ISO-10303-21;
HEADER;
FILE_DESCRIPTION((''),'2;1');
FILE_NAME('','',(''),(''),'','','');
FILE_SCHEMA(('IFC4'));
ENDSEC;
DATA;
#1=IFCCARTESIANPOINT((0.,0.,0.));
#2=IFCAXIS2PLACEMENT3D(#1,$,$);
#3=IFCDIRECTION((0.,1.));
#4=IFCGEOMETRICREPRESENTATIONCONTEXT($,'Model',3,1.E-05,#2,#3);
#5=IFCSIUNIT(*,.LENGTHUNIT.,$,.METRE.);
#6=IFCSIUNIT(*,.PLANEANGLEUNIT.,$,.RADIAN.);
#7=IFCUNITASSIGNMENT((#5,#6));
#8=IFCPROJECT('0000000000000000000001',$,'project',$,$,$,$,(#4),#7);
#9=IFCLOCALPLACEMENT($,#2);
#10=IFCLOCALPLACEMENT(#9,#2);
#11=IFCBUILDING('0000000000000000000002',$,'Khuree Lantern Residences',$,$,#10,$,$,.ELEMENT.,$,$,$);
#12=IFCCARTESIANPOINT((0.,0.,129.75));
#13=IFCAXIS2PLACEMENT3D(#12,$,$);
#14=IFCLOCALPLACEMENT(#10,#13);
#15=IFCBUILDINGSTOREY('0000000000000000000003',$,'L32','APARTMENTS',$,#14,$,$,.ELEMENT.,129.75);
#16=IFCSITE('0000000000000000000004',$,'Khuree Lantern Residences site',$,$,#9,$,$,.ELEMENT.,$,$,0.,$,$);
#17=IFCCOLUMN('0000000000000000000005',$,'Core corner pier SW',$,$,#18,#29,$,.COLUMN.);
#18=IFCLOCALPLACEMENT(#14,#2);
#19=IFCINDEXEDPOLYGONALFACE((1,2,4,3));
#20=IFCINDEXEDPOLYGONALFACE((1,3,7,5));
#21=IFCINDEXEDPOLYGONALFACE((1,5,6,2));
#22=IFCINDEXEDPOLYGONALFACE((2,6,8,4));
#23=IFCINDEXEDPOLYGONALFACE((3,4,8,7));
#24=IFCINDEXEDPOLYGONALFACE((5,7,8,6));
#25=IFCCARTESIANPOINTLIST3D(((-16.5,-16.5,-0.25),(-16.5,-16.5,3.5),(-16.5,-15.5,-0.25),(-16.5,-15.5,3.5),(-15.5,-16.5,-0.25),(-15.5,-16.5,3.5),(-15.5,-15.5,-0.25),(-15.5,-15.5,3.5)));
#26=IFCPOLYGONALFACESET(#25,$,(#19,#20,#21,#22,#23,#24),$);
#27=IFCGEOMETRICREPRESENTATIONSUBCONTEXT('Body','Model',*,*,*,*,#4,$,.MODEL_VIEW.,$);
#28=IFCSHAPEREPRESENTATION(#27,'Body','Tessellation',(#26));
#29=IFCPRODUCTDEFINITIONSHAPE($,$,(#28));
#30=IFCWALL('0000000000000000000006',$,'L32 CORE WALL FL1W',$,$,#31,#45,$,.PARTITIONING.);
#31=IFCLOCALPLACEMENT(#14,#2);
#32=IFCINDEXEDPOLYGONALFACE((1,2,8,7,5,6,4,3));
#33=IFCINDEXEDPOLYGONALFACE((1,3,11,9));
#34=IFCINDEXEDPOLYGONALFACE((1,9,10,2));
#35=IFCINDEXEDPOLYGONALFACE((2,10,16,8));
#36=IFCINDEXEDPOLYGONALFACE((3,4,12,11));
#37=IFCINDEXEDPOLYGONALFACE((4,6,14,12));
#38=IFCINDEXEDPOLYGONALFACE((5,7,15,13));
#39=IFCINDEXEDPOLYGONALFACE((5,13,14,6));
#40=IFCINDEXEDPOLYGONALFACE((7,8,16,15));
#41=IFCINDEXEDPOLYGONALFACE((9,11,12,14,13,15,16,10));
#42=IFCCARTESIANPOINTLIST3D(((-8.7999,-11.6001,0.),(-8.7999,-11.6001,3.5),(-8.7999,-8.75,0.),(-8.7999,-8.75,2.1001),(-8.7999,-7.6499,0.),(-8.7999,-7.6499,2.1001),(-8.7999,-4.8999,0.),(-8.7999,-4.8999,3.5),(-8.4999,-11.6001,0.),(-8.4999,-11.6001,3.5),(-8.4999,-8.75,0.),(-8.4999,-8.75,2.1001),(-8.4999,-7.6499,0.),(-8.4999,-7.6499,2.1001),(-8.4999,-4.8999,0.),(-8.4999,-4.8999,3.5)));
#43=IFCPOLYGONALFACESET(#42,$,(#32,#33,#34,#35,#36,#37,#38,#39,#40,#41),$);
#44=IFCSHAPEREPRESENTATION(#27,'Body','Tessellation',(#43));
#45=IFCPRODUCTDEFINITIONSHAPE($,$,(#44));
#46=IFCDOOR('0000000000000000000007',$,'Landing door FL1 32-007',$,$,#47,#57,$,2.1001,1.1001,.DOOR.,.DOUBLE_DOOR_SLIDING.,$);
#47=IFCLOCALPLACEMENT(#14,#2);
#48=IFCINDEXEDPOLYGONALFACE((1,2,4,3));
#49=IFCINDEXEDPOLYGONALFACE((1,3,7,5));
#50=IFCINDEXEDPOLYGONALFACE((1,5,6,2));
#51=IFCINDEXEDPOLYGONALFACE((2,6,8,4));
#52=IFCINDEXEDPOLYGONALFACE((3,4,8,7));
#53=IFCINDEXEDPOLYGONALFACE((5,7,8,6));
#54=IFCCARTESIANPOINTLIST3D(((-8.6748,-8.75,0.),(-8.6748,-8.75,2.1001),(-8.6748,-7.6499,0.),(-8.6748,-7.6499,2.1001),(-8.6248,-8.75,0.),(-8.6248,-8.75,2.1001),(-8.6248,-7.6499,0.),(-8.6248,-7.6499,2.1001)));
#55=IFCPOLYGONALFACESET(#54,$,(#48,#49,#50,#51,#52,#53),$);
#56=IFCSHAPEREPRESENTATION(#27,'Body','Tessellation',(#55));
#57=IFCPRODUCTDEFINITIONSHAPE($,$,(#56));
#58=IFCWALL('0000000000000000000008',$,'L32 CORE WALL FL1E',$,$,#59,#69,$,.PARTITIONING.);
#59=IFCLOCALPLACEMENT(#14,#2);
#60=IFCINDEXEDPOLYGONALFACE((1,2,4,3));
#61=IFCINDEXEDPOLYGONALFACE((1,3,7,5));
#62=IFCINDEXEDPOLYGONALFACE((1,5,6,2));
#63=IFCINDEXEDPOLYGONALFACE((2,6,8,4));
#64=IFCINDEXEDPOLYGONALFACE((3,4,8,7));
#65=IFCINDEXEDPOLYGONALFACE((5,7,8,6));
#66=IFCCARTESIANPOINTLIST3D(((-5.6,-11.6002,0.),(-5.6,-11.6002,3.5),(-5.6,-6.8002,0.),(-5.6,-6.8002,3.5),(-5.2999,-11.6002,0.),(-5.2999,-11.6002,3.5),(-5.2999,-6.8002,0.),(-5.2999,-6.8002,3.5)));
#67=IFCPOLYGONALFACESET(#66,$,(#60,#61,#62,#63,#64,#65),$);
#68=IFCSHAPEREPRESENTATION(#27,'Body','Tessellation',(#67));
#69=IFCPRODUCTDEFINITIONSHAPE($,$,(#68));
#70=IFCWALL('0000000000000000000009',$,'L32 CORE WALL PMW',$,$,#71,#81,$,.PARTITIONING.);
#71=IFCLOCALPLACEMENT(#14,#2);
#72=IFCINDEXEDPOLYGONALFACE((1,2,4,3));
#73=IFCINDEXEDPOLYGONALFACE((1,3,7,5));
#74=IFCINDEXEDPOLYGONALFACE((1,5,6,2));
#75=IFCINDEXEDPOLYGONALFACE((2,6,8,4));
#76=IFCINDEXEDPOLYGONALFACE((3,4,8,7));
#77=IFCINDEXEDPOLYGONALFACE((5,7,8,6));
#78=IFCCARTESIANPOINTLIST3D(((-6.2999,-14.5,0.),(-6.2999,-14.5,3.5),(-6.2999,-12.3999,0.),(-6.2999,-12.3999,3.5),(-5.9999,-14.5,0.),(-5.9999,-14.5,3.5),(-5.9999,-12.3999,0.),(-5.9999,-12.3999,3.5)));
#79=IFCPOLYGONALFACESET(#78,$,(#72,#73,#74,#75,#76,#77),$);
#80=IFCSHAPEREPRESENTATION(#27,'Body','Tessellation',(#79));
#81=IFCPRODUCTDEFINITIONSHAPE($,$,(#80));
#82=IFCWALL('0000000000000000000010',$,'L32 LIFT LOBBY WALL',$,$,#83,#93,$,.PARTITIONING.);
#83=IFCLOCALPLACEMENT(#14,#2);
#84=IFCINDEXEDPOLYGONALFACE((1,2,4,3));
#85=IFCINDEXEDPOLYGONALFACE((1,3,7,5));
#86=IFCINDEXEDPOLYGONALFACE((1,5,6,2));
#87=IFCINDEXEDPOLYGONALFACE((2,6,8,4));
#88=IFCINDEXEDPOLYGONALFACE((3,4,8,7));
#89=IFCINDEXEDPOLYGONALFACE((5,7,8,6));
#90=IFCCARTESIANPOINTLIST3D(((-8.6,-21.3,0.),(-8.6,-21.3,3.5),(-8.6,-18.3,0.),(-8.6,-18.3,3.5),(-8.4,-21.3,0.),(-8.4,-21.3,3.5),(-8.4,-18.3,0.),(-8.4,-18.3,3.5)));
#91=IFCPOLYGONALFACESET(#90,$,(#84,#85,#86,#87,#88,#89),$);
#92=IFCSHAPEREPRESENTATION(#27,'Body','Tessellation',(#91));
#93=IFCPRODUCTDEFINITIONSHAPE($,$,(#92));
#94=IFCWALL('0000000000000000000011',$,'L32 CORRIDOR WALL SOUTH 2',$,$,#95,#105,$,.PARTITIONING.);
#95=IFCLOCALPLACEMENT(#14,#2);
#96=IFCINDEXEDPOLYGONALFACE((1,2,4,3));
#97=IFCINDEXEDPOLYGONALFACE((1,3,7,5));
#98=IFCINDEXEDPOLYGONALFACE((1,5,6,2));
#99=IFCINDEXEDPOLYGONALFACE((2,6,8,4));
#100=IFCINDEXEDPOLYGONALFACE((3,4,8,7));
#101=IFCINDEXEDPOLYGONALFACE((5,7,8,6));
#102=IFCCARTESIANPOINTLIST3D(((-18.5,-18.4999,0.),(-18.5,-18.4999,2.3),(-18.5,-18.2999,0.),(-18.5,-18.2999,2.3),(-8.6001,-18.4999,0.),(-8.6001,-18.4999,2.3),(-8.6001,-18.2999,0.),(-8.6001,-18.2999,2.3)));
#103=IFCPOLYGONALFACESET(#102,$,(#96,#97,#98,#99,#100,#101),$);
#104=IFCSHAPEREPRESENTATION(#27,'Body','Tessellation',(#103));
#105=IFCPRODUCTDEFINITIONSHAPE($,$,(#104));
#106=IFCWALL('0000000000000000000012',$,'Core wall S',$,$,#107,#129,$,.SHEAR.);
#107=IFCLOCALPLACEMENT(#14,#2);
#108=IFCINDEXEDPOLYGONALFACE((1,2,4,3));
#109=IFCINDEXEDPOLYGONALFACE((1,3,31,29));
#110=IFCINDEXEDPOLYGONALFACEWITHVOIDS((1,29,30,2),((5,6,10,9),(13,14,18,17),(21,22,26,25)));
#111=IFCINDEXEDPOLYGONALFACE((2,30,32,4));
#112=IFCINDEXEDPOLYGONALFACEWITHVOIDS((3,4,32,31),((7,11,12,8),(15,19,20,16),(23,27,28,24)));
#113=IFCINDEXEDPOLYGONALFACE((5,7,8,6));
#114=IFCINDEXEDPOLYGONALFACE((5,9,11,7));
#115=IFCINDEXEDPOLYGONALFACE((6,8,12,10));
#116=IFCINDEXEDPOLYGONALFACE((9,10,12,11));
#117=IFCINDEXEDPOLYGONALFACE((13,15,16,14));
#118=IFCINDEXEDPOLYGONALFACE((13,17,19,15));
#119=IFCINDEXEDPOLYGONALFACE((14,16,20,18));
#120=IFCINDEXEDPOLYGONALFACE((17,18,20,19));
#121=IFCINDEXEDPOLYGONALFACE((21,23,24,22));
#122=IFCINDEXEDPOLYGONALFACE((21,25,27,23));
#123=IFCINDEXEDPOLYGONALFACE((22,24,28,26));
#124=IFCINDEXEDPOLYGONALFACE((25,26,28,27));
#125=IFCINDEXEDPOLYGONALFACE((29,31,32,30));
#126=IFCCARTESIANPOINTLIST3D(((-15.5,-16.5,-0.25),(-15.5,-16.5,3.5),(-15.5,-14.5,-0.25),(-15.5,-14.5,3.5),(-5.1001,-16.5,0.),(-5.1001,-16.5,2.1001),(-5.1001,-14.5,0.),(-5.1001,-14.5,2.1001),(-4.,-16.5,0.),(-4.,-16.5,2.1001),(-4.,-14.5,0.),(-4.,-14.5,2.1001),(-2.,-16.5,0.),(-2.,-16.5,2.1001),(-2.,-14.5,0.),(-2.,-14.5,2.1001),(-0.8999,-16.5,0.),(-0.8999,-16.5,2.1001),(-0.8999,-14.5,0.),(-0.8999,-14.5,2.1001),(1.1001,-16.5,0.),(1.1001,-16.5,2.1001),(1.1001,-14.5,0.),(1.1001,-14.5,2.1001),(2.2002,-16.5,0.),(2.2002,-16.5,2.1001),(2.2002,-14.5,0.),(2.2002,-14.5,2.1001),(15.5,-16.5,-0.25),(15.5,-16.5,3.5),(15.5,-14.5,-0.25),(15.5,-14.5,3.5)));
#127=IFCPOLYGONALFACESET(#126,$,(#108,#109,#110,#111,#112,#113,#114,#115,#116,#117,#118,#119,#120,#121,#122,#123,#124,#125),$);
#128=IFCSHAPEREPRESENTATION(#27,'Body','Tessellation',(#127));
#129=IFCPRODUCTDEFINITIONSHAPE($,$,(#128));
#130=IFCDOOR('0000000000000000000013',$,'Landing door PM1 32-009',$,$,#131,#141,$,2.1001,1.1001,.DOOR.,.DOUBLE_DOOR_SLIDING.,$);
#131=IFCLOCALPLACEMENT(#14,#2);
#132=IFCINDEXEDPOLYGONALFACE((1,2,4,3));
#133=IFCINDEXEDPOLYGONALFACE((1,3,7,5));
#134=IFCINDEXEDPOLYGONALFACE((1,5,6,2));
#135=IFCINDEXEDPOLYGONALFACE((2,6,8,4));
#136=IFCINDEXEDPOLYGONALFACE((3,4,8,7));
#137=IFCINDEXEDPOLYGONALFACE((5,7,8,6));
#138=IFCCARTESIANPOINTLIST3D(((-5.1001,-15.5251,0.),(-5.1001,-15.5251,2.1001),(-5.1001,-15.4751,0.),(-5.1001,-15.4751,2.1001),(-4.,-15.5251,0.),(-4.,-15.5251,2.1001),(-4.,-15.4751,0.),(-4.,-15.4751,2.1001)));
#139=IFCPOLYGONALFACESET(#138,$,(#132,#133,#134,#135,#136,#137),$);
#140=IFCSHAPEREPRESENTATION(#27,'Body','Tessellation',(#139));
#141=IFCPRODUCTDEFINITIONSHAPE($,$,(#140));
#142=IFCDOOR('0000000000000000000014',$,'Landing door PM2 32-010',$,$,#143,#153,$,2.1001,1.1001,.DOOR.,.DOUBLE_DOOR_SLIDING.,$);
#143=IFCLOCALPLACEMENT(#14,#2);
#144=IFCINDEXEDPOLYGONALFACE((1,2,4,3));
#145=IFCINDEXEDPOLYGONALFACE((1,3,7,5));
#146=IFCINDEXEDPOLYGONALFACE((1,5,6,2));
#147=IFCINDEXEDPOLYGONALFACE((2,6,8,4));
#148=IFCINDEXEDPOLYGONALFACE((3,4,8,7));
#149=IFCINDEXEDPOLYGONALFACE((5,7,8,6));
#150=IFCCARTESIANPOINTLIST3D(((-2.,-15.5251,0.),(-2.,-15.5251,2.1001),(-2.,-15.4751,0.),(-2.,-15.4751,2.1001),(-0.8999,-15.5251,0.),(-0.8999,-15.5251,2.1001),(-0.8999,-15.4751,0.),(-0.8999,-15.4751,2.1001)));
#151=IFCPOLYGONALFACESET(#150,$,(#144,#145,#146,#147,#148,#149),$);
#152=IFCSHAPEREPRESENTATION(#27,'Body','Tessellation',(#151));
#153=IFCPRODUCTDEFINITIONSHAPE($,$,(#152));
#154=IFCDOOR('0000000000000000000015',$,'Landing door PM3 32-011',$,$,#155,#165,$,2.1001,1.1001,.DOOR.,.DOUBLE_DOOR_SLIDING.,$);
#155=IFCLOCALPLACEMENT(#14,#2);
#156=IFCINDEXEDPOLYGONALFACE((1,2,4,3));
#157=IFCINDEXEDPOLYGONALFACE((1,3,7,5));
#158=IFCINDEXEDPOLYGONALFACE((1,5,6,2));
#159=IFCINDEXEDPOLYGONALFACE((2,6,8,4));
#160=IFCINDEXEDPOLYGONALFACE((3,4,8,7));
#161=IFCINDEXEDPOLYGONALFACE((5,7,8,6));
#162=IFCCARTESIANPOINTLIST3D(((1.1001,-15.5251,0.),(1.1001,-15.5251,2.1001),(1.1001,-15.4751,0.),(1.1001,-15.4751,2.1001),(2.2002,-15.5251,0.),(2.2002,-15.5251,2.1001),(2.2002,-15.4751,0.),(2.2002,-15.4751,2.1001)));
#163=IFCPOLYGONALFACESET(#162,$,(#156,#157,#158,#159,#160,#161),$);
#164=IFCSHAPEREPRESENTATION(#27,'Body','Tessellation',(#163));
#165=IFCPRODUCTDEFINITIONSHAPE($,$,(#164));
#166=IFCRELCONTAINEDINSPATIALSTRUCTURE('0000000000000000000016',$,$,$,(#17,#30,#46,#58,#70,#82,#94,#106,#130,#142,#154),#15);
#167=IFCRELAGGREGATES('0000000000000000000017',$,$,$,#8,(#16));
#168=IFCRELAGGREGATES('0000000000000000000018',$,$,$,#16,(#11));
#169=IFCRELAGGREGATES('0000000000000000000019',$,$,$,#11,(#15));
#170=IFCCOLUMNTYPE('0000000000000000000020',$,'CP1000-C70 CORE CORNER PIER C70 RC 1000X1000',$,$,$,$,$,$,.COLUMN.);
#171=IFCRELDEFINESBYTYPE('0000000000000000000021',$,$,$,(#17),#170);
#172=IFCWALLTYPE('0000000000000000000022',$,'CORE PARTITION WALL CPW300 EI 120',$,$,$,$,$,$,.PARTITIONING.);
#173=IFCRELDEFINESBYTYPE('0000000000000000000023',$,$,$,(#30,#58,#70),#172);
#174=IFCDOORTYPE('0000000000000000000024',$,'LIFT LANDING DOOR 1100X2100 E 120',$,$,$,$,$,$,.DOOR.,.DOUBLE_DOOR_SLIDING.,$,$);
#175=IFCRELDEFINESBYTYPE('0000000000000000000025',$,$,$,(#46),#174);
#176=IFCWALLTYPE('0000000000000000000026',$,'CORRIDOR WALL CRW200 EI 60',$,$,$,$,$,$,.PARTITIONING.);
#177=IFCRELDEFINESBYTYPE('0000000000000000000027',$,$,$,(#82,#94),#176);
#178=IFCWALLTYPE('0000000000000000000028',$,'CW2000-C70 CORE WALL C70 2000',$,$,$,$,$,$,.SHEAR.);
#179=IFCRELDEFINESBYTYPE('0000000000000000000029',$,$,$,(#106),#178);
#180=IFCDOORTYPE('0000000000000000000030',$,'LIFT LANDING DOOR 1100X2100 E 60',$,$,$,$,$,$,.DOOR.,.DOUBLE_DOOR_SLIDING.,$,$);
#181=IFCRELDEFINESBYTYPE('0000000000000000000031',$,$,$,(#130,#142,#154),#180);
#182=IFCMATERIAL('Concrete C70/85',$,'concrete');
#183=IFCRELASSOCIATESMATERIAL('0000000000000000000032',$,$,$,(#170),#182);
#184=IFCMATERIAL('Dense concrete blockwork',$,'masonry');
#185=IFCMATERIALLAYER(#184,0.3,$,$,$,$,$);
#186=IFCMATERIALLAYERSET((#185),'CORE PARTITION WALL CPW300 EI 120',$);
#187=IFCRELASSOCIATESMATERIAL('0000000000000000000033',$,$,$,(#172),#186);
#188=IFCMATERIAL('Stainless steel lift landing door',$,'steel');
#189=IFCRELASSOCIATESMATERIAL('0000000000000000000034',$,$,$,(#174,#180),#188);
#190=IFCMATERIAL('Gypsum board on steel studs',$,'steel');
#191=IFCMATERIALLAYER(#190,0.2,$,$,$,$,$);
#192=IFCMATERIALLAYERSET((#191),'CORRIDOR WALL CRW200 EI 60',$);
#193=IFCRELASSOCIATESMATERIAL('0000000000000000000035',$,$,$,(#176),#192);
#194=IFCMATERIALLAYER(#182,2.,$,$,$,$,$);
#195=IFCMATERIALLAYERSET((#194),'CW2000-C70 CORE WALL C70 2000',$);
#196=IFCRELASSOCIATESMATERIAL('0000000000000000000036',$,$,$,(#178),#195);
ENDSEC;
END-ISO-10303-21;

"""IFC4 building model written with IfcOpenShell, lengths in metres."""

from ifc_helpers import new_model, si_unit, direction, frame, frame_2d, origin, origin_2d, place, context, subcontext, project, spatial, rectangle, extrude, material, layer, layer_set, material_profile, profile_set, type_object, element, fill, save


model = new_model("IFC4")

# Units and contexts
model_context = context("Model", 3, precision=1e-05, world=origin(), true_north=direction((0.0, 1.0)))
body_context = subcontext(model_context, "Body", "Model", "MODEL_VIEW")
ifc_project = project(units=[si_unit("LENGTHUNIT", "METRE"), si_unit("PLANEANGLEUNIT", "RADIAN")], contexts=[model_context])

# Site, building, storey
site_placement = place(None, origin())
site = spatial("IfcSite", under=ifc_project, at=site_placement, Name="Khuree Lantern Residences site", CompositionType="ELEMENT", RefElevation=0.0)
building_placement = place(site_placement, origin())
building = spatial("IfcBuilding", under=site, at=building_placement, Name="Khuree Lantern Residences", CompositionType="ELEMENT")
storey_placement = place(building_placement, frame((0.0, 0.0, 129.75)))
storey = spatial("IfcBuildingStorey", under=building, at=storey_placement, Name="L32", Description="APARTMENTS", CompositionType="ELEMENT", Elevation=129.75)

# Column
ifc_material_1 = material(Name="Concrete C70/85", Category="concrete")
ifc_material_profile = material_profile(ifc_material_1, rectangle(XDim=1.0, YDim=1.0, at=origin_2d()), Name="RC 1000X1000")
ifc_profile_set = profile_set([ifc_material_profile], Name="Concrete C70/85")
column_type = type_object("IfcColumnType", Name="CP1000-C70 CORE CORNER PIER C70 RC 1000X1000", PredefinedType="COLUMN", material=ifc_profile_set)
column_placement = place(storey_placement, frame((-16.0, -16.0, -0.25), z_axis=(0.0, 0.0, 1.0), x_axis=(1.0, 0.0, 0.0)))
element("IfcColumn", 1, at=column_placement, inside=storey, type_object=column_type, Name="Core corner pier SW", PredefinedType="COLUMN", context=body_context, shape_type="SweptSolid", body=[
    extrude(rectangle(XDim=1.0, YDim=1.0, at=origin_2d()), origin(), (0.0, 0.0, 1.0), 3.75),
])

# Wall, opening, door
ifc_material_2 = material(Name="Dense concrete blockwork", Category="masonry")
ifc_layer_1 = layer(ifc_material_2, 0.3)
ifc_layer_set_1 = layer_set([ifc_layer_1], Name="CORE PARTITION WALL CPW300 EI 120")
wall_type_1 = type_object("IfcWallType", Name="CORE PARTITION WALL CPW300 EI 120", PredefinedType="PARTITIONING", material=ifc_layer_set_1)
wall_1_placement = place(storey_placement, frame((-8.6499, -11.6001, 0.0), z_axis=(0.0, 0.0, 1.0), x_axis=(0.0, 1.0, 0.0)))
wall_1 = element("IfcWall", 2, at=wall_1_placement, inside=storey, type_object=wall_type_1, Name="L32 CORE WALL FL1W", PredefinedType="PARTITIONING", context=body_context, shape_type="SweptSolid", body=[
    extrude(rectangle(XDim=6.7002, YDim=0.3, at=frame_2d((3.3501, 0.0))), origin(), (0.0, 0.0, 1.0), 3.5),
])
opening_1_placement = place(wall_1_placement, frame((2.8501, 0.0, 0.0)))
opening_1 = element("IfcOpeningElement", 3, at=opening_1_placement, cuts=wall_1, PredefinedType="OPENING", context=body_context, shape_type="SweptSolid", body=[
    extrude(rectangle(XDim=1.1001, YDim=2.1001, at=frame_2d((0.55, 1.05))), frame((0.0, 0.1602, 0.0), z_axis=(0.0, -1.0, 0.0), x_axis=(1.0, 0.0, 0.0)), (0.0, 0.0, 1.0), 0.3201),
])
ifc_material_3 = material(Name="Stainless steel lift landing door", Category="steel")
door_type_1 = type_object("IfcDoorType", Name="LIFT LANDING DOOR 1100X2100 E 120", OperationType="DOUBLE_DOOR_SLIDING", PredefinedType="DOOR", material=ifc_material_3)
door_1_placement = place(opening_1_placement, origin())
door_1 = element("IfcDoor", 4, at=door_1_placement, inside=storey, type_object=door_type_1, Name="Landing door FL1 32-007", OperationType="DOUBLE_DOOR_SLIDING", OverallHeight=2.1001, OverallWidth=1.1001, PredefinedType="DOOR", context=body_context, shape_type="SweptSolid", body=[
    extrude(rectangle(XDim=1.1001, YDim=2.1001, at=frame_2d((0.55, 1.05))), frame((0.0, 0.0249, 0.0), z_axis=(0.0, -1.0, 0.0), x_axis=(1.0, 0.0, 0.0)), (0.0, 0.0, 1.0), 0.05),
])
fill(opening_1, door_1)

# Walls
wall_2_placement = place(storey_placement, frame((-5.45, -11.6001, 0.0), z_axis=(0.0, 0.0, 1.0), x_axis=(0.0, 1.0, 0.0)))
element("IfcWall", 5, at=wall_2_placement, inside=storey, type_object=wall_type_1, Name="L32 CORE WALL FL1E", PredefinedType="PARTITIONING", context=body_context, shape_type="SweptSolid", body=[
    extrude(rectangle(XDim=4.8, YDim=0.3, at=frame_2d((2.3999, 0.0))), origin(), (0.0, 0.0, 1.0), 3.5),
])
wall_3_placement = place(storey_placement, frame((-6.1499, -14.5, 0.0), z_axis=(0.0, 0.0, 1.0), x_axis=(0.0, 1.0, 0.0)))
element("IfcWall", 6, at=wall_3_placement, inside=storey, type_object=wall_type_1, Name="L32 CORE WALL PMW", PredefinedType="PARTITIONING", context=body_context, shape_type="SweptSolid", body=[
    extrude(rectangle(XDim=2.1001, YDim=0.3, at=frame_2d((1.05, 0.0))), origin(), (0.0, 0.0, 1.0), 3.5),
])
ifc_material_4 = material(Name="Gypsum board on steel studs", Category="steel")
ifc_layer_2 = layer(ifc_material_4, 0.2)
ifc_layer_set_2 = layer_set([ifc_layer_2], Name="CORRIDOR WALL CRW200 EI 60")
wall_type_2 = type_object("IfcWallType", Name="CORRIDOR WALL CRW200 EI 60", PredefinedType="PARTITIONING", material=ifc_layer_set_2)
wall_4_placement = place(storey_placement, frame((-8.5, -18.3, 0.0), z_axis=(0.0, 0.0, 1.0), x_axis=(0.0, -1.0, 0.0)))
element("IfcWall", 7, at=wall_4_placement, inside=storey, type_object=wall_type_2, Name="L32 LIFT LOBBY WALL", PredefinedType="PARTITIONING", context=body_context, shape_type="SweptSolid", body=[
    extrude(rectangle(XDim=3.0, YDim=0.2, at=frame_2d((1.5, 0.0))), origin(), (0.0, 0.0, 1.0), 3.5),
])
wall_5_placement = place(storey_placement, frame((-8.6001, -18.3999, 0.0), z_axis=(0.0, 0.0, 1.0), x_axis=(-1.0, 0.0, 0.0)))
element("IfcWall", 8, at=wall_5_placement, inside=storey, type_object=wall_type_2, Name="L32 CORRIDOR WALL SOUTH 2", PredefinedType="PARTITIONING", context=body_context, shape_type="SweptSolid", body=[
    extrude(rectangle(XDim=9.8999, YDim=0.2, at=frame_2d((4.95, 0.0))), origin(), (0.0, 0.0, 1.0), 2.3),
])

# Wall, openings, doors
ifc_layer_3 = layer(ifc_material_1, 2.0)
ifc_layer_set_3 = layer_set([ifc_layer_3], Name="CW2000-C70 CORE WALL C70 2000")
wall_type_3 = type_object("IfcWallType", Name="CW2000-C70 CORE WALL C70 2000", PredefinedType="SHEAR", material=ifc_layer_set_3)
wall_6_placement = place(storey_placement, frame((-15.5, -15.5, -0.25), z_axis=(0.0, 0.0, 1.0), x_axis=(1.0, 0.0, 0.0)))
wall_6 = element("IfcWall", 9, at=wall_6_placement, inside=storey, type_object=wall_type_3, Name="Core wall S", PredefinedType="SHEAR", context=body_context, shape_type="SweptSolid", body=[
    extrude(rectangle(XDim=31.0, YDim=2.0, at=frame_2d((15.5, 0.0))), origin(), (0.0, 0.0, 1.0), 3.75),
])
opening_2_placement = place(wall_6_placement, frame((10.3999, 0.0, 0.25)))
opening_2 = element("IfcOpeningElement", 10, at=opening_2_placement, cuts=wall_6, PredefinedType="OPENING", context=body_context, shape_type="SweptSolid", body=[
    extrude(rectangle(XDim=1.1001, YDim=2.1001, at=frame_2d((0.55, 1.05))), frame((0.0, 1.01, 0.0), z_axis=(0.0, -1.0, 0.0), x_axis=(1.0, 0.0, 0.0)), (0.0, 0.0, 1.0), 2.02),
])
opening_3_placement = place(wall_6_placement, frame((13.5, 0.0, 0.25)))
opening_3 = element("IfcOpeningElement", 11, at=opening_3_placement, cuts=wall_6, PredefinedType="OPENING", context=body_context, shape_type="SweptSolid", body=[
    extrude(rectangle(XDim=1.1001, YDim=2.1001, at=frame_2d((0.55, 1.05))), frame((0.0, 1.01, 0.0), z_axis=(0.0, -1.0, 0.0), x_axis=(1.0, 0.0, 0.0)), (0.0, 0.0, 1.0), 2.02),
])
opening_4_placement = place(wall_6_placement, frame((16.6001, 0.0, 0.25)))
opening_4 = element("IfcOpeningElement", 12, at=opening_4_placement, cuts=wall_6, PredefinedType="OPENING", context=body_context, shape_type="SweptSolid", body=[
    extrude(rectangle(XDim=1.1001, YDim=2.1001, at=frame_2d((0.55, 1.05))), frame((0.0, 1.01, 0.0), z_axis=(0.0, -1.0, 0.0), x_axis=(1.0, 0.0, 0.0)), (0.0, 0.0, 1.0), 2.02),
])
door_type_2 = type_object("IfcDoorType", Name="LIFT LANDING DOOR 1100X2100 E 60", OperationType="DOUBLE_DOOR_SLIDING", PredefinedType="DOOR", material=ifc_material_3)
door_2_placement = place(opening_2_placement, origin())
door_2 = element("IfcDoor", 13, at=door_2_placement, inside=storey, type_object=door_type_2, Name="Landing door PM1 32-009", OperationType="DOUBLE_DOOR_SLIDING", OverallHeight=2.1001, OverallWidth=1.1001, PredefinedType="DOOR", context=body_context, shape_type="SweptSolid", body=[
    extrude(rectangle(XDim=1.1001, YDim=2.1001, at=frame_2d((0.55, 1.05))), frame((0.0, 0.0249, 0.0), z_axis=(0.0, -1.0, 0.0), x_axis=(1.0, 0.0, 0.0)), (0.0, 0.0, 1.0), 0.05),
])
fill(opening_2, door_2)
door_3_placement = place(opening_3_placement, origin())
door_3 = element("IfcDoor", 14, at=door_3_placement, inside=storey, type_object=door_type_2, Name="Landing door PM2 32-010", OperationType="DOUBLE_DOOR_SLIDING", OverallHeight=2.1001, OverallWidth=1.1001, PredefinedType="DOOR", context=body_context, shape_type="SweptSolid", body=[
    extrude(rectangle(XDim=1.1001, YDim=2.1001, at=frame_2d((0.55, 1.05))), frame((0.0, 0.0249, 0.0), z_axis=(0.0, -1.0, 0.0), x_axis=(1.0, 0.0, 0.0)), (0.0, 0.0, 1.0), 0.05),
])
fill(opening_3, door_3)
door_4_placement = place(opening_4_placement, origin())
door_4 = element("IfcDoor", 15, at=door_4_placement, inside=storey, type_object=door_type_2, Name="Landing door PM3 32-011", OperationType="DOUBLE_DOOR_SLIDING", OverallHeight=2.1001, OverallWidth=1.1001, PredefinedType="DOOR", context=body_context, shape_type="SweptSolid", body=[
    extrude(rectangle(XDim=1.1001, YDim=2.1001, at=frame_2d((0.55, 1.05))), frame((0.0, 0.0249, 0.0), z_axis=(0.0, -1.0, 0.0), x_axis=(1.0, 0.0, 0.0)), (0.0, 0.0, 1.0), 0.05),
])
fill(opening_4, door_4)

save(model, "model.ifc")
